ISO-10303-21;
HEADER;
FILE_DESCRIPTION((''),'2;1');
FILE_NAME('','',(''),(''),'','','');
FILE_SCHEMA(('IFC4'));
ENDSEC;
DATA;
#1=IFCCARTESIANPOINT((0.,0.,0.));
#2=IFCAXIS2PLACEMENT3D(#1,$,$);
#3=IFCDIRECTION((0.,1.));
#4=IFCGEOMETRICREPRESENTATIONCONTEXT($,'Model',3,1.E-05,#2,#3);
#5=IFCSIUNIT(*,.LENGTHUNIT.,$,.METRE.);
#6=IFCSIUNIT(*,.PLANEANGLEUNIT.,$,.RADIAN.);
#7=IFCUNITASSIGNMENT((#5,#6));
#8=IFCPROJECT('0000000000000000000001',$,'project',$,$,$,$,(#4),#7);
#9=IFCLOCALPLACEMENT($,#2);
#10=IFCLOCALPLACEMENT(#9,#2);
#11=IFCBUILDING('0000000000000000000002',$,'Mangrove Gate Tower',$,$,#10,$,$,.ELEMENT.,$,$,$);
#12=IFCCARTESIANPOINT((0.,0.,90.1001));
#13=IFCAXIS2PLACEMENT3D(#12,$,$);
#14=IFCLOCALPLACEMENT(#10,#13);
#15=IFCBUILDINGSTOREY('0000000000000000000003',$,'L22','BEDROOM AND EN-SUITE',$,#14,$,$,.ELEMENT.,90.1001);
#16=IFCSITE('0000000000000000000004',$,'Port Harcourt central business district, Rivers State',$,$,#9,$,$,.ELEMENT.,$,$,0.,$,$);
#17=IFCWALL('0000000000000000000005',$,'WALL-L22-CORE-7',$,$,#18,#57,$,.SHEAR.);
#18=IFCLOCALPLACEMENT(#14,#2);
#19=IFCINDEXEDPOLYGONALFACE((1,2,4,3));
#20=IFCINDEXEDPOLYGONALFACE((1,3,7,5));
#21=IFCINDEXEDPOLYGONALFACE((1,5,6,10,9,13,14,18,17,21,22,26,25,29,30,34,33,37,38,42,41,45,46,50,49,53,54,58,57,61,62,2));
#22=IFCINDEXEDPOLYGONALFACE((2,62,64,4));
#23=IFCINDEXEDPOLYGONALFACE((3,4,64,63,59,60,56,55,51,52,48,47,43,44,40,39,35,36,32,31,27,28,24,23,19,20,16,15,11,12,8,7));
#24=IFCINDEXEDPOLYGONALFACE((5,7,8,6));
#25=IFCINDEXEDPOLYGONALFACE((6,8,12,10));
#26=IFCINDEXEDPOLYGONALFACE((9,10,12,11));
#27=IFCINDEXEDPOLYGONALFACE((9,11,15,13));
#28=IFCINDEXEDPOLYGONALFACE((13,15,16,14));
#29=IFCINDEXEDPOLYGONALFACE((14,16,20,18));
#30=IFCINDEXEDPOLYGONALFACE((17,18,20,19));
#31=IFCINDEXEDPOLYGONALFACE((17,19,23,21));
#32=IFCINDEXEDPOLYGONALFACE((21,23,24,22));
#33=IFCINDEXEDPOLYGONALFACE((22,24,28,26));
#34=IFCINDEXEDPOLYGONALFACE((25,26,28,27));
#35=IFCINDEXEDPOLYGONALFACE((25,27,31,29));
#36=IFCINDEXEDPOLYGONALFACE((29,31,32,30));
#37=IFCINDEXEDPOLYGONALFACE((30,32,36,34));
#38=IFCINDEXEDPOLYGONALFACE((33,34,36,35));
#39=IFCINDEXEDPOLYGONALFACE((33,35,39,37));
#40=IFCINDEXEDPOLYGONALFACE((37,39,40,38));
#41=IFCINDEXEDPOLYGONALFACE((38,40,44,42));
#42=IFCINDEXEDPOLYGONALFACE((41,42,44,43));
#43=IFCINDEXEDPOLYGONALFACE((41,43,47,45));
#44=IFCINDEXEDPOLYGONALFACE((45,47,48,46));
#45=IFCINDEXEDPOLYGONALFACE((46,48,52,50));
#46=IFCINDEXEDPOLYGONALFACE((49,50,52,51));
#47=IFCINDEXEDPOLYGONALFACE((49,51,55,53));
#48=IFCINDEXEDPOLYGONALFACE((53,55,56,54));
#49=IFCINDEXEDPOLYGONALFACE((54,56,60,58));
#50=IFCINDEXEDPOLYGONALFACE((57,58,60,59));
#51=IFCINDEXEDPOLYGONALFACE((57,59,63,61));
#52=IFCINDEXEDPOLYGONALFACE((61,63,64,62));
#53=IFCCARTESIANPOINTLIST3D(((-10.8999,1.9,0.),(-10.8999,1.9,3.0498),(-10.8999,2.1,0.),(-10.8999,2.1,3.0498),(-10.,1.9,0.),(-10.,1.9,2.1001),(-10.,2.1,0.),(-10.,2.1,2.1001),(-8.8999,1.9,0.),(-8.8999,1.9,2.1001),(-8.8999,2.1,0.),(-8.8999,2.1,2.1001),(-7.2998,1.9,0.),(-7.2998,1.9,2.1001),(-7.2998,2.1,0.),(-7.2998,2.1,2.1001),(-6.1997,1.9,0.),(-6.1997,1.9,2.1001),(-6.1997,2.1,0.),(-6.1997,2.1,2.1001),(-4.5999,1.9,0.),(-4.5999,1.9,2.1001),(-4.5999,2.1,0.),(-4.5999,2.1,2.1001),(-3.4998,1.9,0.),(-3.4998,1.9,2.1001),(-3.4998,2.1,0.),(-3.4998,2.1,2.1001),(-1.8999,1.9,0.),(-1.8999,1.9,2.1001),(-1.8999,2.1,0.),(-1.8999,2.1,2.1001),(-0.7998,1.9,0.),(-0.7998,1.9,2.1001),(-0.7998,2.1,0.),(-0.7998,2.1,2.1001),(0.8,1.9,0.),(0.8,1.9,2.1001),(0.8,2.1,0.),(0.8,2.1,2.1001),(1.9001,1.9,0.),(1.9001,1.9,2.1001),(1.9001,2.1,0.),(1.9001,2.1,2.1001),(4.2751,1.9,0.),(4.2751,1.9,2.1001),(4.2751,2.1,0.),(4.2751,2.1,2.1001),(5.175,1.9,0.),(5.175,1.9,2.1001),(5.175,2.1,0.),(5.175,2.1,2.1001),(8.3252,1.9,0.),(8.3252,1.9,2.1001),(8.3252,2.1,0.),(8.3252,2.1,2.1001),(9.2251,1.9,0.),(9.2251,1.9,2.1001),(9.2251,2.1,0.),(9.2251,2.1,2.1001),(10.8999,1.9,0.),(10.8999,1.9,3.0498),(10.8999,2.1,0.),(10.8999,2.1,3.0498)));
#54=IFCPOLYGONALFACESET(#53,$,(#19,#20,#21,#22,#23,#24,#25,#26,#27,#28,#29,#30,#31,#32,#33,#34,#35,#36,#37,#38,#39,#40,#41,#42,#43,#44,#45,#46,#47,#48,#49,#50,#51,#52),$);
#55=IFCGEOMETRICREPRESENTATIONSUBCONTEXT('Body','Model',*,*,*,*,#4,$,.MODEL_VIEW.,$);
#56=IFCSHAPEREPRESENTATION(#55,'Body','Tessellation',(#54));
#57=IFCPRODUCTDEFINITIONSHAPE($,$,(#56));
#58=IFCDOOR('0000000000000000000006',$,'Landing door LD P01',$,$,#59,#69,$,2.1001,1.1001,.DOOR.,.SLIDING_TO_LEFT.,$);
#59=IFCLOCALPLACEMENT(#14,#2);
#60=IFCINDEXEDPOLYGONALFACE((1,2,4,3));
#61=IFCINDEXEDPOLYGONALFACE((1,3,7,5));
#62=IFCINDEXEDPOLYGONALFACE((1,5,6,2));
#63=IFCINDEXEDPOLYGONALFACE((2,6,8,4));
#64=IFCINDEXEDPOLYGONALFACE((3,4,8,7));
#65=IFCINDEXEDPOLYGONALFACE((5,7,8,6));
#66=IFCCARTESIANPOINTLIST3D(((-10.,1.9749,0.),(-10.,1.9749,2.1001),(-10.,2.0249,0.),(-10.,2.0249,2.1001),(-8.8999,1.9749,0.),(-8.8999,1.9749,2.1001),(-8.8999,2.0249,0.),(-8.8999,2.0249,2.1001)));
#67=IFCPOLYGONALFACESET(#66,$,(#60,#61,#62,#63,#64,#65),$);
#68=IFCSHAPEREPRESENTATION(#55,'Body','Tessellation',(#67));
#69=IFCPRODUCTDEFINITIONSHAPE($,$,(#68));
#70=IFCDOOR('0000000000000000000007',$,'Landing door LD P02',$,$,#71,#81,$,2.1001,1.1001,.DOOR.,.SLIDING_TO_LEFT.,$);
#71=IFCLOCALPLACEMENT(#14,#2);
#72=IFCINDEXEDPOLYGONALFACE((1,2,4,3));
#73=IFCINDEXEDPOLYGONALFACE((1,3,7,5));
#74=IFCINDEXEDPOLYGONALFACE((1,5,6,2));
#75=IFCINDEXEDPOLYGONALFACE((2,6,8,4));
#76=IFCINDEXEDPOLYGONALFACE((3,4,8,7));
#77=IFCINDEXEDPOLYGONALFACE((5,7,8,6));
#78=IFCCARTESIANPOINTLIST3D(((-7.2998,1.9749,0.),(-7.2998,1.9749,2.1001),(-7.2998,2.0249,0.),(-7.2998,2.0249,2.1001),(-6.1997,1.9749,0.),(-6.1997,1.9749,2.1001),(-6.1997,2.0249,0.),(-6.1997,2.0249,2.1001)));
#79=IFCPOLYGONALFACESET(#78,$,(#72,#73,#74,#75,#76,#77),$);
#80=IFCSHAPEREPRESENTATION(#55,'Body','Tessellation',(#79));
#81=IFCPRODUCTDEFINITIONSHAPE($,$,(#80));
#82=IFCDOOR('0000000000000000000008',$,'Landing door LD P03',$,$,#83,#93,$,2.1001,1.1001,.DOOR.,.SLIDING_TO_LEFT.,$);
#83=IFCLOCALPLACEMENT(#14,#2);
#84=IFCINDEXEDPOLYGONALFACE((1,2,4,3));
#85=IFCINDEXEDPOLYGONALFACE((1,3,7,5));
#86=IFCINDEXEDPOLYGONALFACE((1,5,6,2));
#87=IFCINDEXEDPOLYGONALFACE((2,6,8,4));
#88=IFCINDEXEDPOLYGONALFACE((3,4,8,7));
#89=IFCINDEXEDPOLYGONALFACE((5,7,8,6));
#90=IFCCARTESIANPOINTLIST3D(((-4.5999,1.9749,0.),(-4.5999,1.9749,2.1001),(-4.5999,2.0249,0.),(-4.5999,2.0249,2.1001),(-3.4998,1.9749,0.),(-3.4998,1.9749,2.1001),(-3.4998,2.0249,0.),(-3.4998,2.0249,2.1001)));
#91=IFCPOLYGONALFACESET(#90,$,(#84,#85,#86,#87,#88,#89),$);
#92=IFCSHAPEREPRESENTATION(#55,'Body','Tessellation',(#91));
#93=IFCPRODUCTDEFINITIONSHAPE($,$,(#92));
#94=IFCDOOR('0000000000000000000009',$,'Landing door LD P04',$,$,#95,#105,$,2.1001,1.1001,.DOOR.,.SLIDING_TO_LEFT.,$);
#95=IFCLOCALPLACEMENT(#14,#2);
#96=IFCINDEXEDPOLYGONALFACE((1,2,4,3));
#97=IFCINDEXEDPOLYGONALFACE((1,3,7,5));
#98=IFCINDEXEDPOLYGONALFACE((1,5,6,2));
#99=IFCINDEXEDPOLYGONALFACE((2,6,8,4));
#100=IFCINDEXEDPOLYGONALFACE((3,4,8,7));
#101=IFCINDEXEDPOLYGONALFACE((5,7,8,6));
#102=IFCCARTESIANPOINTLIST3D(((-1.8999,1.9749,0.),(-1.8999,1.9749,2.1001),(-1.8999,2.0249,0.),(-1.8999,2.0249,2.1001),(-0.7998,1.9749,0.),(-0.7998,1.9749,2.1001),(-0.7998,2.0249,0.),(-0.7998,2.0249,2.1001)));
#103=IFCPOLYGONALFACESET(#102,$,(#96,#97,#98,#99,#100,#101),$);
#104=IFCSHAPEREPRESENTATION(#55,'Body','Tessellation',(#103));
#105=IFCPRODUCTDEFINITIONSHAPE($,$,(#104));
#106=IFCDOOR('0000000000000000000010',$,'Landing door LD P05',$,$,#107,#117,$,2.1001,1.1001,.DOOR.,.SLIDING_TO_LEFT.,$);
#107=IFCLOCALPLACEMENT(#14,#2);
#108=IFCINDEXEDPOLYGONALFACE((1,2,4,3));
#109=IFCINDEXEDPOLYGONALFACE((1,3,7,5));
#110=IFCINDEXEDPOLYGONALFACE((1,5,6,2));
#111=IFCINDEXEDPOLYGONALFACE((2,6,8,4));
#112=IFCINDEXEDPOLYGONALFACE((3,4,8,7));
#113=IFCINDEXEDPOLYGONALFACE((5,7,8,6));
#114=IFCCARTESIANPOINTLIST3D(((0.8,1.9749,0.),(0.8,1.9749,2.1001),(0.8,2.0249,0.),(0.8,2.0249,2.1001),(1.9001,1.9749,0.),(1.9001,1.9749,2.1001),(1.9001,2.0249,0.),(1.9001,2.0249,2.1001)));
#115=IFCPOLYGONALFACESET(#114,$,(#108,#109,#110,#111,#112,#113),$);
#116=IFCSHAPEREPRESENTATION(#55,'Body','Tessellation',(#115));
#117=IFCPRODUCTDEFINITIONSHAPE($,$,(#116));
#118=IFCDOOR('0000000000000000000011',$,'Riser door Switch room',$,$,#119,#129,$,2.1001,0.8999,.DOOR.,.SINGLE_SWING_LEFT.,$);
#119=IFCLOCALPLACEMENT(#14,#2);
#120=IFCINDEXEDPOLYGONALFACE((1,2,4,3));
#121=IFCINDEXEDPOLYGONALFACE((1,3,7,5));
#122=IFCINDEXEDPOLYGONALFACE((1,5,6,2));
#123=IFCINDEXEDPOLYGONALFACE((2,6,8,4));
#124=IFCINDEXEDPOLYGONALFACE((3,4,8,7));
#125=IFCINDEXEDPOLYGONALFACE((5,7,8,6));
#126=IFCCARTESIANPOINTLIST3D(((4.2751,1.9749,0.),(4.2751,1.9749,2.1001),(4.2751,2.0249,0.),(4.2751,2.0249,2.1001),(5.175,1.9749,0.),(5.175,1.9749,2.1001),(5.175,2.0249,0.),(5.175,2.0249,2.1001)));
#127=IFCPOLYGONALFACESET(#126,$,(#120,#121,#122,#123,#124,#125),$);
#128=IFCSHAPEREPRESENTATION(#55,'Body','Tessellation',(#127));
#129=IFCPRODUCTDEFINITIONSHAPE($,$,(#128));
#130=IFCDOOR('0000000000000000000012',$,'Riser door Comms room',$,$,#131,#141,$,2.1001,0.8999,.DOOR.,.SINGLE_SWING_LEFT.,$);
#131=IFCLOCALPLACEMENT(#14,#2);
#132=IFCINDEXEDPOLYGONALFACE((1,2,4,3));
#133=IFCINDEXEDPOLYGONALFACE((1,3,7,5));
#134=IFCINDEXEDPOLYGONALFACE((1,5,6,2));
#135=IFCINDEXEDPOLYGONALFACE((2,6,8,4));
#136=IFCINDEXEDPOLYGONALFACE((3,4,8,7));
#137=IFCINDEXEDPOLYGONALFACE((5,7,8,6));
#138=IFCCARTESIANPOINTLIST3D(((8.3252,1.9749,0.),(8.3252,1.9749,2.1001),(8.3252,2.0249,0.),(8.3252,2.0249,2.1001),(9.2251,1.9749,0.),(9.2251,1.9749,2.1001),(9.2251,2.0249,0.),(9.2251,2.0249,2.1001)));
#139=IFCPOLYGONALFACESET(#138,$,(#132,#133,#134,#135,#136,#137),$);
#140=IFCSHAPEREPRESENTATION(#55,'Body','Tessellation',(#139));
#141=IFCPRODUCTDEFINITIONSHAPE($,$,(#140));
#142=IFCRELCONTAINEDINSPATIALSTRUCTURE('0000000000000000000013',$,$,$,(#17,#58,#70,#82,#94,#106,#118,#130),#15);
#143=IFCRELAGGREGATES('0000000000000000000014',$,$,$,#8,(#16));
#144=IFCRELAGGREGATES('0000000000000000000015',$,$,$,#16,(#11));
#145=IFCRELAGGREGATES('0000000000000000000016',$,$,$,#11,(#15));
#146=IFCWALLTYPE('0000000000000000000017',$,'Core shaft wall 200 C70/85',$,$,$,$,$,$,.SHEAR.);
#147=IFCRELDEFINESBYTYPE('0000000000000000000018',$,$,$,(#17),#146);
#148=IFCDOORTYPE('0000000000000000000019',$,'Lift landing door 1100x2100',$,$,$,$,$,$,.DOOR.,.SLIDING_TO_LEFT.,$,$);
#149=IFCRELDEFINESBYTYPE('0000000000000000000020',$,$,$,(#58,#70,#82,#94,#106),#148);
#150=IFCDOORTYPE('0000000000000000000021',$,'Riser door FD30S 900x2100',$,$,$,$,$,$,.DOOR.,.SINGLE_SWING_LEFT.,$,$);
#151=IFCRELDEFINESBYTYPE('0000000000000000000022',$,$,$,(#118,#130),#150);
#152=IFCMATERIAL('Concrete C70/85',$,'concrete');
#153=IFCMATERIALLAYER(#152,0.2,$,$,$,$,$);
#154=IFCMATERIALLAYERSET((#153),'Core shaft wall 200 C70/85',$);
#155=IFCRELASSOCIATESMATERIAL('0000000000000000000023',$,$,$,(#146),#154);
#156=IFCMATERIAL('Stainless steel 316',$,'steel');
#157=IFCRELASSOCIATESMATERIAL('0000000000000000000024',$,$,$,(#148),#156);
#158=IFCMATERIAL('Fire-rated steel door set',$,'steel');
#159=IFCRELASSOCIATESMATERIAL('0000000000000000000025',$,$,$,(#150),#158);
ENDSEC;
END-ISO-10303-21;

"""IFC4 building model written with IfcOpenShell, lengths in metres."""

from ifc_helpers import new_model, si_unit, direction, frame, frame_2d, origin, place, context, subcontext, project, spatial, rectangle, extrude, material, layer, layer_set, type_object, element, fill, save


model = new_model("IFC4")

# Units and contexts
model_context = context("Model", 3, precision=1e-05, world=origin(), true_north=direction((0.0, 1.0)))
body_context = subcontext(model_context, "Body", "Model", "MODEL_VIEW")
ifc_project = project(units=[si_unit("LENGTHUNIT", "METRE"), si_unit("PLANEANGLEUNIT", "RADIAN")], contexts=[model_context])

# Site, building, storey
site_placement = place(None, origin())
site = spatial("IfcSite", under=ifc_project, at=site_placement, Name="Port Harcourt central business district, Rivers State", CompositionType="ELEMENT", RefElevation=0.0)
building_placement = place(site_placement, origin())
building = spatial("IfcBuilding", under=site, at=building_placement, Name="Mangrove Gate Tower", CompositionType="ELEMENT")
storey_placement = place(building_placement, frame((0.0, 0.0, 90.1001)))
storey = spatial("IfcBuildingStorey", under=building, at=storey_placement, Name="L22", Description="BEDROOM AND EN-SUITE", CompositionType="ELEMENT", Elevation=90.1001)

# Wall, openings, doors
ifc_material_1 = material(Name="Concrete C70/85", Category="concrete")
ifc_layer_1 = layer(ifc_material_1, 0.2)
ifc_layer_set_1 = layer_set([ifc_layer_1], Name="Core shaft wall 200 C70/85")
wall_type_1 = type_object("IfcWallType", Name="Core shaft wall 200 C70/85", PredefinedType="SHEAR", material=ifc_layer_set_1)
wall_1_placement = place(storey_placement, frame((-10.8999, 2.0, 0.0), z_axis=(0.0, 0.0, 1.0), x_axis=(1.0, 0.0, 0.0)))
wall_1 = element("IfcWall", 1, at=wall_1_placement, inside=storey, type_object=wall_type_1, Name="WALL-L22-CORE-7", PredefinedType="SHEAR", context=body_context, shape_type="SweptSolid", body=[
    extrude(rectangle(XDim=21.7998, YDim=0.2, at=frame_2d((10.8999, 0.0))), origin(), (0.0, 0.0, 1.0), 3.0498),
])
opening_1_placement = place(wall_1_placement, frame((0.8999, 0.0, 0.0)))
opening_1 = element("IfcOpeningElement", 2, at=opening_1_placement, cuts=wall_1, PredefinedType="OPENING", context=body_context, shape_type="SweptSolid", body=[
    extrude(rectangle(XDim=1.1001, YDim=2.1001, at=frame_2d((0.55, 1.05))), frame((0.0, 0.1099, 0.0), z_axis=(0.0, -1.0, 0.0), x_axis=(1.0, 0.0, 0.0)), (0.0, 0.0, 1.0), 0.22),
])
opening_2_placement = place(wall_1_placement, frame((3.6001, 0.0, 0.0)))
opening_2 = element("IfcOpeningElement", 3, at=opening_2_placement, cuts=wall_1, PredefinedType="OPENING", context=body_context, shape_type="SweptSolid", body=[
    extrude(rectangle(XDim=1.1001, YDim=2.1001, at=frame_2d((0.55, 1.05))), frame((0.0, 0.1099, 0.0), z_axis=(0.0, -1.0, 0.0), x_axis=(1.0, 0.0, 0.0)), (0.0, 0.0, 1.0), 0.22),
])
opening_3_placement = place(wall_1_placement, frame((6.3, 0.0, 0.0)))
opening_3 = element("IfcOpeningElement", 4, at=opening_3_placement, cuts=wall_1, PredefinedType="OPENING", context=body_context, shape_type="SweptSolid", body=[
    extrude(rectangle(XDim=1.1001, YDim=2.1001, at=frame_2d((0.55, 1.05))), frame((0.0, 0.1099, 0.0), z_axis=(0.0, -1.0, 0.0), x_axis=(1.0, 0.0, 0.0)), (0.0, 0.0, 1.0), 0.22),
])
opening_4_placement = place(wall_1_placement, frame((9.0, 0.0, 0.0)))
opening_4 = element("IfcOpeningElement", 5, at=opening_4_placement, cuts=wall_1, PredefinedType="OPENING", context=body_context, shape_type="SweptSolid", body=[
    extrude(rectangle(XDim=1.1001, YDim=2.1001, at=frame_2d((0.55, 1.05))), frame((0.0, 0.1099, 0.0), z_axis=(0.0, -1.0, 0.0), x_axis=(1.0, 0.0, 0.0)), (0.0, 0.0, 1.0), 0.22),
])
opening_5_placement = place(wall_1_placement, frame((11.7, 0.0, 0.0)))
opening_5 = element("IfcOpeningElement", 6, at=opening_5_placement, cuts=wall_1, PredefinedType="OPENING", context=body_context, shape_type="SweptSolid", body=[
    extrude(rectangle(XDim=1.1001, YDim=2.1001, at=frame_2d((0.55, 1.05))), frame((0.0, 0.1099, 0.0), z_axis=(0.0, -1.0, 0.0), x_axis=(1.0, 0.0, 0.0)), (0.0, 0.0, 1.0), 0.22),
])
opening_6_placement = place(wall_1_placement, frame((15.175, 0.0, 0.0)))
opening_6 = element("IfcOpeningElement", 7, at=opening_6_placement, cuts=wall_1, PredefinedType="OPENING", context=body_context, shape_type="SweptSolid", body=[
    extrude(rectangle(XDim=0.8999, YDim=2.1001, at=frame_2d((0.45, 1.05))), frame((0.0, 0.1099, 0.0), z_axis=(0.0, -1.0, 0.0), x_axis=(1.0, 0.0, 0.0)), (0.0, 0.0, 1.0), 0.22),
])
opening_7_placement = place(wall_1_placement, frame((19.2251, 0.0, 0.0)))
opening_7 = element("IfcOpeningElement", 8, at=opening_7_placement, cuts=wall_1, PredefinedType="OPENING", context=body_context, shape_type="SweptSolid", body=[
    extrude(rectangle(XDim=0.8999, YDim=2.1001, at=frame_2d((0.45, 1.05))), frame((0.0, 0.1099, 0.0), z_axis=(0.0, -1.0, 0.0), x_axis=(1.0, 0.0, 0.0)), (0.0, 0.0, 1.0), 0.22),
])
ifc_material_2 = material(Name="Stainless steel 316", Category="steel")
door_type_1 = type_object("IfcDoorType", Name="Lift landing door 1100x2100", OperationType="SLIDING_TO_LEFT", PredefinedType="DOOR", material=ifc_material_2)
door_1_placement = place(opening_1_placement, origin())
door_1 = element("IfcDoor", 9, at=door_1_placement, inside=storey, type_object=door_type_1, Name="Landing door LD P01", OperationType="SLIDING_TO_LEFT", OverallHeight=2.1001, OverallWidth=1.1001, PredefinedType="DOOR", context=body_context, shape_type="SweptSolid", body=[
    extrude(rectangle(XDim=1.1001, YDim=2.1001, at=frame_2d((0.55, 1.05))), frame((0.0, 0.0249, 0.0), z_axis=(0.0, -1.0, 0.0), x_axis=(1.0, 0.0, 0.0)), (0.0, 0.0, 1.0), 0.05),
])
fill(opening_1, door_1)
door_2_placement = place(opening_2_placement, origin())
door_2 = element("IfcDoor", 10, at=door_2_placement, inside=storey, type_object=door_type_1, Name="Landing door LD P02", OperationType="SLIDING_TO_LEFT", OverallHeight=2.1001, OverallWidth=1.1001, PredefinedType="DOOR", context=body_context, shape_type="SweptSolid", body=[
    extrude(rectangle(XDim=1.1001, YDim=2.1001, at=frame_2d((0.55, 1.05))), frame((0.0, 0.0249, 0.0), z_axis=(0.0, -1.0, 0.0), x_axis=(1.0, 0.0, 0.0)), (0.0, 0.0, 1.0), 0.05),
])
fill(opening_2, door_2)
door_3_placement = place(opening_3_placement, origin())
door_3 = element("IfcDoor", 11, at=door_3_placement, inside=storey, type_object=door_type_1, Name="Landing door LD P03", OperationType="SLIDING_TO_LEFT", OverallHeight=2.1001, OverallWidth=1.1001, PredefinedType="DOOR", context=body_context, shape_type="SweptSolid", body=[
    extrude(rectangle(XDim=1.1001, YDim=2.1001, at=frame_2d((0.55, 1.05))), frame((0.0, 0.0249, 0.0), z_axis=(0.0, -1.0, 0.0), x_axis=(1.0, 0.0, 0.0)), (0.0, 0.0, 1.0), 0.05),
])
fill(opening_3, door_3)
door_4_placement = place(opening_4_placement, origin())
door_4 = element("IfcDoor", 12, at=door_4_placement, inside=storey, type_object=door_type_1, Name="Landing door LD P04", OperationType="SLIDING_TO_LEFT", OverallHeight=2.1001, OverallWidth=1.1001, PredefinedType="DOOR", context=body_context, shape_type="SweptSolid", body=[
    extrude(rectangle(XDim=1.1001, YDim=2.1001, at=frame_2d((0.55, 1.05))), frame((0.0, 0.0249, 0.0), z_axis=(0.0, -1.0, 0.0), x_axis=(1.0, 0.0, 0.0)), (0.0, 0.0, 1.0), 0.05),
])
fill(opening_4, door_4)
door_5_placement = place(opening_5_placement, origin())
door_5 = element("IfcDoor", 13, at=door_5_placement, inside=storey, type_object=door_type_1, Name="Landing door LD P05", OperationType="SLIDING_TO_LEFT", OverallHeight=2.1001, OverallWidth=1.1001, PredefinedType="DOOR", context=body_context, shape_type="SweptSolid", body=[
    extrude(rectangle(XDim=1.1001, YDim=2.1001, at=frame_2d((0.55, 1.05))), frame((0.0, 0.0249, 0.0), z_axis=(0.0, -1.0, 0.0), x_axis=(1.0, 0.0, 0.0)), (0.0, 0.0, 1.0), 0.05),
])
fill(opening_5, door_5)
ifc_material_3 = material(Name="Fire-rated steel door set", Category="steel")
door_type_2 = type_object("IfcDoorType", Name="Riser door FD30S 900x2100", OperationType="SINGLE_SWING_LEFT", PredefinedType="DOOR", material=ifc_material_3)
door_6_placement = place(opening_6_placement, origin())
door_6 = element("IfcDoor", 14, at=door_6_placement, inside=storey, type_object=door_type_2, Name="Riser door Switch room", OperationType="SINGLE_SWING_LEFT", OverallHeight=2.1001, OverallWidth=0.8999, PredefinedType="DOOR", context=body_context, shape_type="SweptSolid", body=[
    extrude(rectangle(XDim=0.8999, YDim=2.1001, at=frame_2d((0.45, 1.05))), frame((0.0, 0.0249, 0.0), z_axis=(0.0, -1.0, 0.0), x_axis=(1.0, 0.0, 0.0)), (0.0, 0.0, 1.0), 0.05),
])
fill(opening_6, door_6)
door_7_placement = place(opening_7_placement, origin())
door_7 = element("IfcDoor", 15, at=door_7_placement, inside=storey, type_object=door_type_2, Name="Riser door Comms room", OperationType="SINGLE_SWING_LEFT", OverallHeight=2.1001, OverallWidth=0.8999, PredefinedType="DOOR", context=body_context, shape_type="SweptSolid", body=[
    extrude(rectangle(XDim=0.8999, YDim=2.1001, at=frame_2d((0.45, 1.05))), frame((0.0, 0.0249, 0.0), z_axis=(0.0, -1.0, 0.0), x_axis=(1.0, 0.0, 0.0)), (0.0, 0.0, 1.0), 0.05),
])
fill(opening_7, door_7)

save(model, "model.ifc")
